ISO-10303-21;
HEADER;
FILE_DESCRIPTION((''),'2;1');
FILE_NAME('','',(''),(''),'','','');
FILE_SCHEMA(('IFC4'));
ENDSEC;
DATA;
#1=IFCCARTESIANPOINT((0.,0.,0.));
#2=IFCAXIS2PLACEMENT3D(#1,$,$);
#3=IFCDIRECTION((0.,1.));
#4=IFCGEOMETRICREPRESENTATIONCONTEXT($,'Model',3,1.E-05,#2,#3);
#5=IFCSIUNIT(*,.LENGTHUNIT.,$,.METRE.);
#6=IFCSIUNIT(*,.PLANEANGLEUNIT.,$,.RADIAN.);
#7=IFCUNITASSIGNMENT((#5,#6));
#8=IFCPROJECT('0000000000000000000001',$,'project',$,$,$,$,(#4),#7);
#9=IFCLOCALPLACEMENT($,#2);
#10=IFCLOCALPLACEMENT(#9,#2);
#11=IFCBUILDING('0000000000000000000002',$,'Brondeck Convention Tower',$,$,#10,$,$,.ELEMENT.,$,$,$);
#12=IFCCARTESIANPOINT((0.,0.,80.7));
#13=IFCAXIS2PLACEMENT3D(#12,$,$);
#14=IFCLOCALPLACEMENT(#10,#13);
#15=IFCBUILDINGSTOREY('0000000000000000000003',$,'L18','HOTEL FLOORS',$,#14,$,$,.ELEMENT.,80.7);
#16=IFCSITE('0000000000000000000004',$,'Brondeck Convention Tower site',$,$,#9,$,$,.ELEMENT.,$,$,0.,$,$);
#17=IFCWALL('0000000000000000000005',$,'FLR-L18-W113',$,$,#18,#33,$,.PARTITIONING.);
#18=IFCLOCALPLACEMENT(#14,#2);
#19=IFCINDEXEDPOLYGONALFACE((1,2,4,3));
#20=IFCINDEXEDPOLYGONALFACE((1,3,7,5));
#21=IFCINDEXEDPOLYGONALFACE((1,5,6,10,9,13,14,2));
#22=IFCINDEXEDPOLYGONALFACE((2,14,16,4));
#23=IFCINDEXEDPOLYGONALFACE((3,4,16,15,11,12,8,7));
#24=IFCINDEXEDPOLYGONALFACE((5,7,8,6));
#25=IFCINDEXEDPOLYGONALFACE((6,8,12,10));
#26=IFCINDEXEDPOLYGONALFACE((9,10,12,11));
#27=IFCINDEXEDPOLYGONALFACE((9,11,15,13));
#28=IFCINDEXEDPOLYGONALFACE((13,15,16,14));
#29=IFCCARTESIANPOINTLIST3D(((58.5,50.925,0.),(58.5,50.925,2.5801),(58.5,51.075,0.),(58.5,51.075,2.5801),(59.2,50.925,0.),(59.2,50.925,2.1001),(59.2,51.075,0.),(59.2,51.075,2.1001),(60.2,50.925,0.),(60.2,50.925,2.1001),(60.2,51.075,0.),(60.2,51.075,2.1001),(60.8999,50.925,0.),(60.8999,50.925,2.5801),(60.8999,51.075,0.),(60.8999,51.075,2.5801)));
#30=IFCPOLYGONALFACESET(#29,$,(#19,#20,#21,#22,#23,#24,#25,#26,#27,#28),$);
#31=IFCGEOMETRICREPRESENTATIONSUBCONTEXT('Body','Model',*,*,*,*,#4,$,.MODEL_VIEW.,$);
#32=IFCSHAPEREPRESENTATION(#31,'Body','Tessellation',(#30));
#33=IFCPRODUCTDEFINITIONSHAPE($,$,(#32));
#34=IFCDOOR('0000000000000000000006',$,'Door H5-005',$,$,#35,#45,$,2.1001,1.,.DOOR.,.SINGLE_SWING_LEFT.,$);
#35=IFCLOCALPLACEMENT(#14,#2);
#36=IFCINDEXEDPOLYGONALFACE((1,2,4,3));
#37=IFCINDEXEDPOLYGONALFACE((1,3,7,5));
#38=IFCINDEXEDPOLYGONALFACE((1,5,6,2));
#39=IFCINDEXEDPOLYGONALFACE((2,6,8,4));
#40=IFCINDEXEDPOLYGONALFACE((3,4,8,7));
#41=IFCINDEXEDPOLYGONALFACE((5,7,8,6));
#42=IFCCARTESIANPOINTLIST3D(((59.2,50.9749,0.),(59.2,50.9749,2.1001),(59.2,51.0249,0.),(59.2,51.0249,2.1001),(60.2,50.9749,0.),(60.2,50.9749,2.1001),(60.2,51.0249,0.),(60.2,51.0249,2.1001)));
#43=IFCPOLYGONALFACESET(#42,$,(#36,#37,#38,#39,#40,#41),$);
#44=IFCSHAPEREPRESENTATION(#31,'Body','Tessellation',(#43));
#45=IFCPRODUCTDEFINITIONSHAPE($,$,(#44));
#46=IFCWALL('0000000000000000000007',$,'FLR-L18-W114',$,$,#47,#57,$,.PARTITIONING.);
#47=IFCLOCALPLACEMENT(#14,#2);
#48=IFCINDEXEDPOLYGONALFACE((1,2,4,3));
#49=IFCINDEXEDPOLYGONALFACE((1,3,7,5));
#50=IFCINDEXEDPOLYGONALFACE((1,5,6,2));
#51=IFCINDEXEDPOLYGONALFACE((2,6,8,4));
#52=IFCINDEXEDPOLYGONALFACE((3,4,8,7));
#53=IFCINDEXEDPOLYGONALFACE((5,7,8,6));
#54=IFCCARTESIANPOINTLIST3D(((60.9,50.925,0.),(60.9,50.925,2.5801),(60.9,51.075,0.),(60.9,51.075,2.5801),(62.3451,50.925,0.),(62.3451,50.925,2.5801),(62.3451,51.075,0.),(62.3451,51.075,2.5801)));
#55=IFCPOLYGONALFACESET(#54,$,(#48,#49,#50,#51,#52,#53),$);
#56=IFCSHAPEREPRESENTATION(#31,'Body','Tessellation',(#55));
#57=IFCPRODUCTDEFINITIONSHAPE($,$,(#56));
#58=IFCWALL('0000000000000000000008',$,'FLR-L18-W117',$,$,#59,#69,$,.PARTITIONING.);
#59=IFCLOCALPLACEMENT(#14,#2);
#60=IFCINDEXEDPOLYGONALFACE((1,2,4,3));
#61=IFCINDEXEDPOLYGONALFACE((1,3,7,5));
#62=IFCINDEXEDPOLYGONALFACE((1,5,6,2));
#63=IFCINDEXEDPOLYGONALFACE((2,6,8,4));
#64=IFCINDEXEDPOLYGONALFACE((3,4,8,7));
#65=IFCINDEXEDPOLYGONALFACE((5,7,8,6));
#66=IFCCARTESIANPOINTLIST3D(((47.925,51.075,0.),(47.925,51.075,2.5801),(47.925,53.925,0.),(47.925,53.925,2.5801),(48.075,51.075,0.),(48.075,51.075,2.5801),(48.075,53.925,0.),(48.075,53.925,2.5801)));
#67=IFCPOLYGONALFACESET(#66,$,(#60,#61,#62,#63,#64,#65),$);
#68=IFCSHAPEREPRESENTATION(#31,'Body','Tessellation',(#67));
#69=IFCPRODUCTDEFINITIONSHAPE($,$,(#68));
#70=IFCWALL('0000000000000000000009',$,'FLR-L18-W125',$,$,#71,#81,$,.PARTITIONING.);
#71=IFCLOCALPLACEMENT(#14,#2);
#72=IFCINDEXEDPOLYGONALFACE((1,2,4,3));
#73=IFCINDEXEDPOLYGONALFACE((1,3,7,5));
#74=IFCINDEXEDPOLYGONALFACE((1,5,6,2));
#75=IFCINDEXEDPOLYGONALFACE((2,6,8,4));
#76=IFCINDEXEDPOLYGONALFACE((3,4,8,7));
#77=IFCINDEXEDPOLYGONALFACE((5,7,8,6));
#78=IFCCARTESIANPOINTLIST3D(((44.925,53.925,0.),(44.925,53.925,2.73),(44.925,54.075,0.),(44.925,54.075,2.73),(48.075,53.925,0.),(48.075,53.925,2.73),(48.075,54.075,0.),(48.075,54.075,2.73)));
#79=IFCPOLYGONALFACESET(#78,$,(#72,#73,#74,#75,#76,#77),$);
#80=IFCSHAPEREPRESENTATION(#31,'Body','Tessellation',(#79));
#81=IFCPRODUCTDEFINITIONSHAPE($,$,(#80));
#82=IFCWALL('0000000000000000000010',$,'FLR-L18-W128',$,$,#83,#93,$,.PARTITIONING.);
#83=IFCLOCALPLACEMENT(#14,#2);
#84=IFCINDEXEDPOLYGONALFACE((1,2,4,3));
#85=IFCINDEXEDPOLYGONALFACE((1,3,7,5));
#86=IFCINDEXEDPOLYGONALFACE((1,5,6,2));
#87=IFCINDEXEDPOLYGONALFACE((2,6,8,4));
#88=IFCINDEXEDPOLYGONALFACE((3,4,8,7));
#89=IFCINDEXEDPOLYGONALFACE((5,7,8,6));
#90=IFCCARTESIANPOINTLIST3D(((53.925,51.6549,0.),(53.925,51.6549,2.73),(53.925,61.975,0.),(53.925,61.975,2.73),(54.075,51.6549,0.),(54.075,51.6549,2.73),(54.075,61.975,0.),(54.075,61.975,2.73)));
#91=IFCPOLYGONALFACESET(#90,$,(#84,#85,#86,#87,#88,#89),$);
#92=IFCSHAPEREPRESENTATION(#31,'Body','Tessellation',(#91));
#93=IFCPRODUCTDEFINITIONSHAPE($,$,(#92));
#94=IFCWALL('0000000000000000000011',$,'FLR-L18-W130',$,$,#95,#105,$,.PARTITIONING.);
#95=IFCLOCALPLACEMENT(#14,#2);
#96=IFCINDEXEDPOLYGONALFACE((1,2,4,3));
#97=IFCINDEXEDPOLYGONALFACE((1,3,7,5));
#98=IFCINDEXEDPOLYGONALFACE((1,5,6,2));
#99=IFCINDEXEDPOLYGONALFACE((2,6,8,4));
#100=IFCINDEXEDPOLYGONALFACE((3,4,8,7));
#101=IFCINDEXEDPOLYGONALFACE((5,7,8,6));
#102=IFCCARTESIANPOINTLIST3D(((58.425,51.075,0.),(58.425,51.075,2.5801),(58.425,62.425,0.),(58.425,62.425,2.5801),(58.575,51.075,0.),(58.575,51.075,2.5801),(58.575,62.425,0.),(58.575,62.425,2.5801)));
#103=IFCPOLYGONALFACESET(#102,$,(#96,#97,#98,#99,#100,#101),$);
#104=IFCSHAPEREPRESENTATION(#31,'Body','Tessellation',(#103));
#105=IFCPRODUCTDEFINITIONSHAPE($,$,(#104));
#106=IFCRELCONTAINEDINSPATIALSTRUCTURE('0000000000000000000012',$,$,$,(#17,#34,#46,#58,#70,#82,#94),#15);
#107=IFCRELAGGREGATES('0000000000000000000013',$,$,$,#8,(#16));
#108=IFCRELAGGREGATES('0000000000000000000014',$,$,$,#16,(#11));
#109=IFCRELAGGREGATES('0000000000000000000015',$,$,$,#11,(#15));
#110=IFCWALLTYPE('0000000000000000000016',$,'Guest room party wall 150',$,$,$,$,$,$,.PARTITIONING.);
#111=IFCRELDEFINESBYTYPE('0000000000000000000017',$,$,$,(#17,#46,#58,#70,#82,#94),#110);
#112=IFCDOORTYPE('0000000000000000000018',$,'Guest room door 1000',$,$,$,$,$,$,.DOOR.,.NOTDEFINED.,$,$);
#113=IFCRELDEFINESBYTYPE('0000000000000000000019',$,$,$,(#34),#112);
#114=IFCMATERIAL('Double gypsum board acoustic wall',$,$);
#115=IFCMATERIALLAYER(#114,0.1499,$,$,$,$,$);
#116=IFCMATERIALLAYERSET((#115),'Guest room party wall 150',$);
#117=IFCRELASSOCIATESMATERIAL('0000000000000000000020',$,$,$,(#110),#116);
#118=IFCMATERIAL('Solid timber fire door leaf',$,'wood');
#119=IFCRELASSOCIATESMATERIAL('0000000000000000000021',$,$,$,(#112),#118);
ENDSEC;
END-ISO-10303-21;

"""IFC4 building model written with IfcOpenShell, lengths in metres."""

from ifc_helpers import new_model, si_unit, direction, frame, frame_2d, origin, place, context, subcontext, project, spatial, rectangle, extrude, material, layer, layer_set, type_object, element, fill, save


model = new_model("IFC4")

# Units and contexts
model_context = context("Model", 3, precision=1e-05, world=origin(), true_north=direction((0.0, 1.0)))
body_context = subcontext(model_context, "Body", "Model", "MODEL_VIEW")
ifc_project = project(units=[si_unit("LENGTHUNIT", "METRE"), si_unit("PLANEANGLEUNIT", "RADIAN")], contexts=[model_context])

# Site, building, storey
site_placement = place(None, origin())
site = spatial("IfcSite", under=ifc_project, at=site_placement, Name="Brondeck Convention Tower site", CompositionType="ELEMENT", RefElevation=0.0)
building_placement = place(site_placement, origin())
building = spatial("IfcBuilding", under=site, at=building_placement, Name="Brondeck Convention Tower", CompositionType="ELEMENT")
storey_placement = place(building_placement, frame((0.0, 0.0, 80.7)))
storey = spatial("IfcBuildingStorey", under=building, at=storey_placement, Name="L18", Description="HOTEL FLOORS", CompositionType="ELEMENT", Elevation=80.7)

# Wall, opening, door
ifc_material_1 = material(Name="Double gypsum board acoustic wall")
ifc_layer_1 = layer(ifc_material_1, 0.1499)
ifc_layer_set_1 = layer_set([ifc_layer_1], Name="Guest room party wall 150")
wall_type_1 = type_object("IfcWallType", Name="Guest room party wall 150", PredefinedType="PARTITIONING", material=ifc_layer_set_1)
wall_1_placement = place(storey_placement, frame((58.5, 51.0, 0.0), z_axis=(0.0, 0.0, 1.0), x_axis=(1.0, 0.0, 0.0)))
wall_1 = element("IfcWall", 1, at=wall_1_placement, inside=storey, type_object=wall_type_1, Name="FLR-L18-W113", PredefinedType="PARTITIONING", context=body_context, shape_type="SweptSolid", body=[
    extrude(rectangle(XDim=2.3999, YDim=0.1499, at=frame_2d((1.2, 0.0))), origin(), (0.0, 0.0, 1.0), 2.5801),
])
opening_1_placement = place(wall_1_placement, frame((0.7, 0.0, 0.0)))
opening_1 = element("IfcOpeningElement", 2, at=opening_1_placement, cuts=wall_1, PredefinedType="OPENING", context=body_context, shape_type="SweptSolid", body=[
    extrude(rectangle(XDim=1.0, YDim=2.1001, at=frame_2d((0.5, 1.05))), frame((0.0, 0.085, 0.0), z_axis=(0.0, -1.0, 0.0), x_axis=(1.0, 0.0, 0.0)), (0.0, 0.0, 1.0), 0.1699),
])
ifc_material_2 = material(Name="Solid timber fire door leaf", Category="wood")
door_type = type_object("IfcDoorType", Name="Guest room door 1000", OperationType="NOTDEFINED", PredefinedType="DOOR", material=ifc_material_2)
door_placement = place(opening_1_placement, origin())
door = element("IfcDoor", 3, at=door_placement, inside=storey, type_object=door_type, Name="Door H5-005", OperationType="SINGLE_SWING_LEFT", OverallHeight=2.1001, OverallWidth=1.0, PredefinedType="DOOR", context=body_context, shape_type="SweptSolid", body=[
    extrude(rectangle(XDim=1.0, YDim=2.1001, at=frame_2d((0.5, 1.05))), frame((0.0, 0.0249, 0.0), z_axis=(0.0, -1.0, 0.0), x_axis=(1.0, 0.0, 0.0)), (0.0, 0.0, 1.0), 0.05),
])
fill(opening_1, door)

# Walls
wall_2_placement = place(storey_placement, frame((60.8999, 51.0, 0.0), z_axis=(0.0, 0.0, 1.0), x_axis=(1.0, 0.0, 0.0)))
element("IfcWall", 4, at=wall_2_placement, inside=storey, type_object=wall_type_1, Name="FLR-L18-W114", PredefinedType="PARTITIONING", context=body_context, shape_type="SweptSolid", body=[
    extrude(rectangle(XDim=1.4451, YDim=0.1499, at=frame_2d((0.7227, 0.0))), origin(), (0.0, 0.0, 1.0), 2.5801),
])
wall_3_placement = place(storey_placement, frame((48.0, 51.075, 0.0), z_axis=(0.0, 0.0, 1.0), x_axis=(0.0, 1.0, 0.0)))
element("IfcWall", 5, at=wall_3_placement, inside=storey, type_object=wall_type_1, Name="FLR-L18-W117", PredefinedType="PARTITIONING", context=body_context, shape_type="SweptSolid", body=[
    extrude(rectangle(XDim=2.8501, YDim=0.1499, at=frame_2d((1.425, 0.0))), origin(), (0.0, 0.0, 1.0), 2.5801),
])
wall_4_placement = place(storey_placement, frame((48.075, 54.0, 0.0), z_axis=(0.0, 0.0, 1.0), x_axis=(-1.0, 0.0, 0.0)))
element("IfcWall", 6, at=wall_4_placement, inside=storey, type_object=wall_type_1, Name="FLR-L18-W125", PredefinedType="PARTITIONING", context=body_context, shape_type="SweptSolid", body=[
    extrude(rectangle(XDim=3.1499, YDim=0.1499, at=frame_2d((1.575, 0.0))), origin(), (0.0, 0.0, 1.0), 2.73),
])
wall_5_placement = place(storey_placement, frame((54.0, 61.9751, 0.0), z_axis=(0.0, 0.0, 1.0), x_axis=(0.0, -1.0, 0.0)))
element("IfcWall", 7, at=wall_5_placement, inside=storey, type_object=wall_type_1, Name="FLR-L18-W128", PredefinedType="PARTITIONING", context=body_context, shape_type="SweptSolid", body=[
    extrude(rectangle(XDim=10.3201, YDim=0.1499, at=frame_2d((5.1602, 0.0))), origin(), (0.0, 0.0, 1.0), 2.73),
])
wall_6_placement = place(storey_placement, frame((58.5, 62.425, 0.0), z_axis=(0.0, 0.0, 1.0), x_axis=(0.0, -1.0, 0.0)))
element("IfcWall", 8, at=wall_6_placement, inside=storey, type_object=wall_type_1, Name="FLR-L18-W130", PredefinedType="PARTITIONING", context=body_context, shape_type="SweptSolid", body=[
    extrude(rectangle(XDim=11.3501, YDim=0.1499, at=frame_2d((5.675, 0.0))), origin(), (0.0, 0.0, 1.0), 2.5801),
])

save(model, "model.ifc")
